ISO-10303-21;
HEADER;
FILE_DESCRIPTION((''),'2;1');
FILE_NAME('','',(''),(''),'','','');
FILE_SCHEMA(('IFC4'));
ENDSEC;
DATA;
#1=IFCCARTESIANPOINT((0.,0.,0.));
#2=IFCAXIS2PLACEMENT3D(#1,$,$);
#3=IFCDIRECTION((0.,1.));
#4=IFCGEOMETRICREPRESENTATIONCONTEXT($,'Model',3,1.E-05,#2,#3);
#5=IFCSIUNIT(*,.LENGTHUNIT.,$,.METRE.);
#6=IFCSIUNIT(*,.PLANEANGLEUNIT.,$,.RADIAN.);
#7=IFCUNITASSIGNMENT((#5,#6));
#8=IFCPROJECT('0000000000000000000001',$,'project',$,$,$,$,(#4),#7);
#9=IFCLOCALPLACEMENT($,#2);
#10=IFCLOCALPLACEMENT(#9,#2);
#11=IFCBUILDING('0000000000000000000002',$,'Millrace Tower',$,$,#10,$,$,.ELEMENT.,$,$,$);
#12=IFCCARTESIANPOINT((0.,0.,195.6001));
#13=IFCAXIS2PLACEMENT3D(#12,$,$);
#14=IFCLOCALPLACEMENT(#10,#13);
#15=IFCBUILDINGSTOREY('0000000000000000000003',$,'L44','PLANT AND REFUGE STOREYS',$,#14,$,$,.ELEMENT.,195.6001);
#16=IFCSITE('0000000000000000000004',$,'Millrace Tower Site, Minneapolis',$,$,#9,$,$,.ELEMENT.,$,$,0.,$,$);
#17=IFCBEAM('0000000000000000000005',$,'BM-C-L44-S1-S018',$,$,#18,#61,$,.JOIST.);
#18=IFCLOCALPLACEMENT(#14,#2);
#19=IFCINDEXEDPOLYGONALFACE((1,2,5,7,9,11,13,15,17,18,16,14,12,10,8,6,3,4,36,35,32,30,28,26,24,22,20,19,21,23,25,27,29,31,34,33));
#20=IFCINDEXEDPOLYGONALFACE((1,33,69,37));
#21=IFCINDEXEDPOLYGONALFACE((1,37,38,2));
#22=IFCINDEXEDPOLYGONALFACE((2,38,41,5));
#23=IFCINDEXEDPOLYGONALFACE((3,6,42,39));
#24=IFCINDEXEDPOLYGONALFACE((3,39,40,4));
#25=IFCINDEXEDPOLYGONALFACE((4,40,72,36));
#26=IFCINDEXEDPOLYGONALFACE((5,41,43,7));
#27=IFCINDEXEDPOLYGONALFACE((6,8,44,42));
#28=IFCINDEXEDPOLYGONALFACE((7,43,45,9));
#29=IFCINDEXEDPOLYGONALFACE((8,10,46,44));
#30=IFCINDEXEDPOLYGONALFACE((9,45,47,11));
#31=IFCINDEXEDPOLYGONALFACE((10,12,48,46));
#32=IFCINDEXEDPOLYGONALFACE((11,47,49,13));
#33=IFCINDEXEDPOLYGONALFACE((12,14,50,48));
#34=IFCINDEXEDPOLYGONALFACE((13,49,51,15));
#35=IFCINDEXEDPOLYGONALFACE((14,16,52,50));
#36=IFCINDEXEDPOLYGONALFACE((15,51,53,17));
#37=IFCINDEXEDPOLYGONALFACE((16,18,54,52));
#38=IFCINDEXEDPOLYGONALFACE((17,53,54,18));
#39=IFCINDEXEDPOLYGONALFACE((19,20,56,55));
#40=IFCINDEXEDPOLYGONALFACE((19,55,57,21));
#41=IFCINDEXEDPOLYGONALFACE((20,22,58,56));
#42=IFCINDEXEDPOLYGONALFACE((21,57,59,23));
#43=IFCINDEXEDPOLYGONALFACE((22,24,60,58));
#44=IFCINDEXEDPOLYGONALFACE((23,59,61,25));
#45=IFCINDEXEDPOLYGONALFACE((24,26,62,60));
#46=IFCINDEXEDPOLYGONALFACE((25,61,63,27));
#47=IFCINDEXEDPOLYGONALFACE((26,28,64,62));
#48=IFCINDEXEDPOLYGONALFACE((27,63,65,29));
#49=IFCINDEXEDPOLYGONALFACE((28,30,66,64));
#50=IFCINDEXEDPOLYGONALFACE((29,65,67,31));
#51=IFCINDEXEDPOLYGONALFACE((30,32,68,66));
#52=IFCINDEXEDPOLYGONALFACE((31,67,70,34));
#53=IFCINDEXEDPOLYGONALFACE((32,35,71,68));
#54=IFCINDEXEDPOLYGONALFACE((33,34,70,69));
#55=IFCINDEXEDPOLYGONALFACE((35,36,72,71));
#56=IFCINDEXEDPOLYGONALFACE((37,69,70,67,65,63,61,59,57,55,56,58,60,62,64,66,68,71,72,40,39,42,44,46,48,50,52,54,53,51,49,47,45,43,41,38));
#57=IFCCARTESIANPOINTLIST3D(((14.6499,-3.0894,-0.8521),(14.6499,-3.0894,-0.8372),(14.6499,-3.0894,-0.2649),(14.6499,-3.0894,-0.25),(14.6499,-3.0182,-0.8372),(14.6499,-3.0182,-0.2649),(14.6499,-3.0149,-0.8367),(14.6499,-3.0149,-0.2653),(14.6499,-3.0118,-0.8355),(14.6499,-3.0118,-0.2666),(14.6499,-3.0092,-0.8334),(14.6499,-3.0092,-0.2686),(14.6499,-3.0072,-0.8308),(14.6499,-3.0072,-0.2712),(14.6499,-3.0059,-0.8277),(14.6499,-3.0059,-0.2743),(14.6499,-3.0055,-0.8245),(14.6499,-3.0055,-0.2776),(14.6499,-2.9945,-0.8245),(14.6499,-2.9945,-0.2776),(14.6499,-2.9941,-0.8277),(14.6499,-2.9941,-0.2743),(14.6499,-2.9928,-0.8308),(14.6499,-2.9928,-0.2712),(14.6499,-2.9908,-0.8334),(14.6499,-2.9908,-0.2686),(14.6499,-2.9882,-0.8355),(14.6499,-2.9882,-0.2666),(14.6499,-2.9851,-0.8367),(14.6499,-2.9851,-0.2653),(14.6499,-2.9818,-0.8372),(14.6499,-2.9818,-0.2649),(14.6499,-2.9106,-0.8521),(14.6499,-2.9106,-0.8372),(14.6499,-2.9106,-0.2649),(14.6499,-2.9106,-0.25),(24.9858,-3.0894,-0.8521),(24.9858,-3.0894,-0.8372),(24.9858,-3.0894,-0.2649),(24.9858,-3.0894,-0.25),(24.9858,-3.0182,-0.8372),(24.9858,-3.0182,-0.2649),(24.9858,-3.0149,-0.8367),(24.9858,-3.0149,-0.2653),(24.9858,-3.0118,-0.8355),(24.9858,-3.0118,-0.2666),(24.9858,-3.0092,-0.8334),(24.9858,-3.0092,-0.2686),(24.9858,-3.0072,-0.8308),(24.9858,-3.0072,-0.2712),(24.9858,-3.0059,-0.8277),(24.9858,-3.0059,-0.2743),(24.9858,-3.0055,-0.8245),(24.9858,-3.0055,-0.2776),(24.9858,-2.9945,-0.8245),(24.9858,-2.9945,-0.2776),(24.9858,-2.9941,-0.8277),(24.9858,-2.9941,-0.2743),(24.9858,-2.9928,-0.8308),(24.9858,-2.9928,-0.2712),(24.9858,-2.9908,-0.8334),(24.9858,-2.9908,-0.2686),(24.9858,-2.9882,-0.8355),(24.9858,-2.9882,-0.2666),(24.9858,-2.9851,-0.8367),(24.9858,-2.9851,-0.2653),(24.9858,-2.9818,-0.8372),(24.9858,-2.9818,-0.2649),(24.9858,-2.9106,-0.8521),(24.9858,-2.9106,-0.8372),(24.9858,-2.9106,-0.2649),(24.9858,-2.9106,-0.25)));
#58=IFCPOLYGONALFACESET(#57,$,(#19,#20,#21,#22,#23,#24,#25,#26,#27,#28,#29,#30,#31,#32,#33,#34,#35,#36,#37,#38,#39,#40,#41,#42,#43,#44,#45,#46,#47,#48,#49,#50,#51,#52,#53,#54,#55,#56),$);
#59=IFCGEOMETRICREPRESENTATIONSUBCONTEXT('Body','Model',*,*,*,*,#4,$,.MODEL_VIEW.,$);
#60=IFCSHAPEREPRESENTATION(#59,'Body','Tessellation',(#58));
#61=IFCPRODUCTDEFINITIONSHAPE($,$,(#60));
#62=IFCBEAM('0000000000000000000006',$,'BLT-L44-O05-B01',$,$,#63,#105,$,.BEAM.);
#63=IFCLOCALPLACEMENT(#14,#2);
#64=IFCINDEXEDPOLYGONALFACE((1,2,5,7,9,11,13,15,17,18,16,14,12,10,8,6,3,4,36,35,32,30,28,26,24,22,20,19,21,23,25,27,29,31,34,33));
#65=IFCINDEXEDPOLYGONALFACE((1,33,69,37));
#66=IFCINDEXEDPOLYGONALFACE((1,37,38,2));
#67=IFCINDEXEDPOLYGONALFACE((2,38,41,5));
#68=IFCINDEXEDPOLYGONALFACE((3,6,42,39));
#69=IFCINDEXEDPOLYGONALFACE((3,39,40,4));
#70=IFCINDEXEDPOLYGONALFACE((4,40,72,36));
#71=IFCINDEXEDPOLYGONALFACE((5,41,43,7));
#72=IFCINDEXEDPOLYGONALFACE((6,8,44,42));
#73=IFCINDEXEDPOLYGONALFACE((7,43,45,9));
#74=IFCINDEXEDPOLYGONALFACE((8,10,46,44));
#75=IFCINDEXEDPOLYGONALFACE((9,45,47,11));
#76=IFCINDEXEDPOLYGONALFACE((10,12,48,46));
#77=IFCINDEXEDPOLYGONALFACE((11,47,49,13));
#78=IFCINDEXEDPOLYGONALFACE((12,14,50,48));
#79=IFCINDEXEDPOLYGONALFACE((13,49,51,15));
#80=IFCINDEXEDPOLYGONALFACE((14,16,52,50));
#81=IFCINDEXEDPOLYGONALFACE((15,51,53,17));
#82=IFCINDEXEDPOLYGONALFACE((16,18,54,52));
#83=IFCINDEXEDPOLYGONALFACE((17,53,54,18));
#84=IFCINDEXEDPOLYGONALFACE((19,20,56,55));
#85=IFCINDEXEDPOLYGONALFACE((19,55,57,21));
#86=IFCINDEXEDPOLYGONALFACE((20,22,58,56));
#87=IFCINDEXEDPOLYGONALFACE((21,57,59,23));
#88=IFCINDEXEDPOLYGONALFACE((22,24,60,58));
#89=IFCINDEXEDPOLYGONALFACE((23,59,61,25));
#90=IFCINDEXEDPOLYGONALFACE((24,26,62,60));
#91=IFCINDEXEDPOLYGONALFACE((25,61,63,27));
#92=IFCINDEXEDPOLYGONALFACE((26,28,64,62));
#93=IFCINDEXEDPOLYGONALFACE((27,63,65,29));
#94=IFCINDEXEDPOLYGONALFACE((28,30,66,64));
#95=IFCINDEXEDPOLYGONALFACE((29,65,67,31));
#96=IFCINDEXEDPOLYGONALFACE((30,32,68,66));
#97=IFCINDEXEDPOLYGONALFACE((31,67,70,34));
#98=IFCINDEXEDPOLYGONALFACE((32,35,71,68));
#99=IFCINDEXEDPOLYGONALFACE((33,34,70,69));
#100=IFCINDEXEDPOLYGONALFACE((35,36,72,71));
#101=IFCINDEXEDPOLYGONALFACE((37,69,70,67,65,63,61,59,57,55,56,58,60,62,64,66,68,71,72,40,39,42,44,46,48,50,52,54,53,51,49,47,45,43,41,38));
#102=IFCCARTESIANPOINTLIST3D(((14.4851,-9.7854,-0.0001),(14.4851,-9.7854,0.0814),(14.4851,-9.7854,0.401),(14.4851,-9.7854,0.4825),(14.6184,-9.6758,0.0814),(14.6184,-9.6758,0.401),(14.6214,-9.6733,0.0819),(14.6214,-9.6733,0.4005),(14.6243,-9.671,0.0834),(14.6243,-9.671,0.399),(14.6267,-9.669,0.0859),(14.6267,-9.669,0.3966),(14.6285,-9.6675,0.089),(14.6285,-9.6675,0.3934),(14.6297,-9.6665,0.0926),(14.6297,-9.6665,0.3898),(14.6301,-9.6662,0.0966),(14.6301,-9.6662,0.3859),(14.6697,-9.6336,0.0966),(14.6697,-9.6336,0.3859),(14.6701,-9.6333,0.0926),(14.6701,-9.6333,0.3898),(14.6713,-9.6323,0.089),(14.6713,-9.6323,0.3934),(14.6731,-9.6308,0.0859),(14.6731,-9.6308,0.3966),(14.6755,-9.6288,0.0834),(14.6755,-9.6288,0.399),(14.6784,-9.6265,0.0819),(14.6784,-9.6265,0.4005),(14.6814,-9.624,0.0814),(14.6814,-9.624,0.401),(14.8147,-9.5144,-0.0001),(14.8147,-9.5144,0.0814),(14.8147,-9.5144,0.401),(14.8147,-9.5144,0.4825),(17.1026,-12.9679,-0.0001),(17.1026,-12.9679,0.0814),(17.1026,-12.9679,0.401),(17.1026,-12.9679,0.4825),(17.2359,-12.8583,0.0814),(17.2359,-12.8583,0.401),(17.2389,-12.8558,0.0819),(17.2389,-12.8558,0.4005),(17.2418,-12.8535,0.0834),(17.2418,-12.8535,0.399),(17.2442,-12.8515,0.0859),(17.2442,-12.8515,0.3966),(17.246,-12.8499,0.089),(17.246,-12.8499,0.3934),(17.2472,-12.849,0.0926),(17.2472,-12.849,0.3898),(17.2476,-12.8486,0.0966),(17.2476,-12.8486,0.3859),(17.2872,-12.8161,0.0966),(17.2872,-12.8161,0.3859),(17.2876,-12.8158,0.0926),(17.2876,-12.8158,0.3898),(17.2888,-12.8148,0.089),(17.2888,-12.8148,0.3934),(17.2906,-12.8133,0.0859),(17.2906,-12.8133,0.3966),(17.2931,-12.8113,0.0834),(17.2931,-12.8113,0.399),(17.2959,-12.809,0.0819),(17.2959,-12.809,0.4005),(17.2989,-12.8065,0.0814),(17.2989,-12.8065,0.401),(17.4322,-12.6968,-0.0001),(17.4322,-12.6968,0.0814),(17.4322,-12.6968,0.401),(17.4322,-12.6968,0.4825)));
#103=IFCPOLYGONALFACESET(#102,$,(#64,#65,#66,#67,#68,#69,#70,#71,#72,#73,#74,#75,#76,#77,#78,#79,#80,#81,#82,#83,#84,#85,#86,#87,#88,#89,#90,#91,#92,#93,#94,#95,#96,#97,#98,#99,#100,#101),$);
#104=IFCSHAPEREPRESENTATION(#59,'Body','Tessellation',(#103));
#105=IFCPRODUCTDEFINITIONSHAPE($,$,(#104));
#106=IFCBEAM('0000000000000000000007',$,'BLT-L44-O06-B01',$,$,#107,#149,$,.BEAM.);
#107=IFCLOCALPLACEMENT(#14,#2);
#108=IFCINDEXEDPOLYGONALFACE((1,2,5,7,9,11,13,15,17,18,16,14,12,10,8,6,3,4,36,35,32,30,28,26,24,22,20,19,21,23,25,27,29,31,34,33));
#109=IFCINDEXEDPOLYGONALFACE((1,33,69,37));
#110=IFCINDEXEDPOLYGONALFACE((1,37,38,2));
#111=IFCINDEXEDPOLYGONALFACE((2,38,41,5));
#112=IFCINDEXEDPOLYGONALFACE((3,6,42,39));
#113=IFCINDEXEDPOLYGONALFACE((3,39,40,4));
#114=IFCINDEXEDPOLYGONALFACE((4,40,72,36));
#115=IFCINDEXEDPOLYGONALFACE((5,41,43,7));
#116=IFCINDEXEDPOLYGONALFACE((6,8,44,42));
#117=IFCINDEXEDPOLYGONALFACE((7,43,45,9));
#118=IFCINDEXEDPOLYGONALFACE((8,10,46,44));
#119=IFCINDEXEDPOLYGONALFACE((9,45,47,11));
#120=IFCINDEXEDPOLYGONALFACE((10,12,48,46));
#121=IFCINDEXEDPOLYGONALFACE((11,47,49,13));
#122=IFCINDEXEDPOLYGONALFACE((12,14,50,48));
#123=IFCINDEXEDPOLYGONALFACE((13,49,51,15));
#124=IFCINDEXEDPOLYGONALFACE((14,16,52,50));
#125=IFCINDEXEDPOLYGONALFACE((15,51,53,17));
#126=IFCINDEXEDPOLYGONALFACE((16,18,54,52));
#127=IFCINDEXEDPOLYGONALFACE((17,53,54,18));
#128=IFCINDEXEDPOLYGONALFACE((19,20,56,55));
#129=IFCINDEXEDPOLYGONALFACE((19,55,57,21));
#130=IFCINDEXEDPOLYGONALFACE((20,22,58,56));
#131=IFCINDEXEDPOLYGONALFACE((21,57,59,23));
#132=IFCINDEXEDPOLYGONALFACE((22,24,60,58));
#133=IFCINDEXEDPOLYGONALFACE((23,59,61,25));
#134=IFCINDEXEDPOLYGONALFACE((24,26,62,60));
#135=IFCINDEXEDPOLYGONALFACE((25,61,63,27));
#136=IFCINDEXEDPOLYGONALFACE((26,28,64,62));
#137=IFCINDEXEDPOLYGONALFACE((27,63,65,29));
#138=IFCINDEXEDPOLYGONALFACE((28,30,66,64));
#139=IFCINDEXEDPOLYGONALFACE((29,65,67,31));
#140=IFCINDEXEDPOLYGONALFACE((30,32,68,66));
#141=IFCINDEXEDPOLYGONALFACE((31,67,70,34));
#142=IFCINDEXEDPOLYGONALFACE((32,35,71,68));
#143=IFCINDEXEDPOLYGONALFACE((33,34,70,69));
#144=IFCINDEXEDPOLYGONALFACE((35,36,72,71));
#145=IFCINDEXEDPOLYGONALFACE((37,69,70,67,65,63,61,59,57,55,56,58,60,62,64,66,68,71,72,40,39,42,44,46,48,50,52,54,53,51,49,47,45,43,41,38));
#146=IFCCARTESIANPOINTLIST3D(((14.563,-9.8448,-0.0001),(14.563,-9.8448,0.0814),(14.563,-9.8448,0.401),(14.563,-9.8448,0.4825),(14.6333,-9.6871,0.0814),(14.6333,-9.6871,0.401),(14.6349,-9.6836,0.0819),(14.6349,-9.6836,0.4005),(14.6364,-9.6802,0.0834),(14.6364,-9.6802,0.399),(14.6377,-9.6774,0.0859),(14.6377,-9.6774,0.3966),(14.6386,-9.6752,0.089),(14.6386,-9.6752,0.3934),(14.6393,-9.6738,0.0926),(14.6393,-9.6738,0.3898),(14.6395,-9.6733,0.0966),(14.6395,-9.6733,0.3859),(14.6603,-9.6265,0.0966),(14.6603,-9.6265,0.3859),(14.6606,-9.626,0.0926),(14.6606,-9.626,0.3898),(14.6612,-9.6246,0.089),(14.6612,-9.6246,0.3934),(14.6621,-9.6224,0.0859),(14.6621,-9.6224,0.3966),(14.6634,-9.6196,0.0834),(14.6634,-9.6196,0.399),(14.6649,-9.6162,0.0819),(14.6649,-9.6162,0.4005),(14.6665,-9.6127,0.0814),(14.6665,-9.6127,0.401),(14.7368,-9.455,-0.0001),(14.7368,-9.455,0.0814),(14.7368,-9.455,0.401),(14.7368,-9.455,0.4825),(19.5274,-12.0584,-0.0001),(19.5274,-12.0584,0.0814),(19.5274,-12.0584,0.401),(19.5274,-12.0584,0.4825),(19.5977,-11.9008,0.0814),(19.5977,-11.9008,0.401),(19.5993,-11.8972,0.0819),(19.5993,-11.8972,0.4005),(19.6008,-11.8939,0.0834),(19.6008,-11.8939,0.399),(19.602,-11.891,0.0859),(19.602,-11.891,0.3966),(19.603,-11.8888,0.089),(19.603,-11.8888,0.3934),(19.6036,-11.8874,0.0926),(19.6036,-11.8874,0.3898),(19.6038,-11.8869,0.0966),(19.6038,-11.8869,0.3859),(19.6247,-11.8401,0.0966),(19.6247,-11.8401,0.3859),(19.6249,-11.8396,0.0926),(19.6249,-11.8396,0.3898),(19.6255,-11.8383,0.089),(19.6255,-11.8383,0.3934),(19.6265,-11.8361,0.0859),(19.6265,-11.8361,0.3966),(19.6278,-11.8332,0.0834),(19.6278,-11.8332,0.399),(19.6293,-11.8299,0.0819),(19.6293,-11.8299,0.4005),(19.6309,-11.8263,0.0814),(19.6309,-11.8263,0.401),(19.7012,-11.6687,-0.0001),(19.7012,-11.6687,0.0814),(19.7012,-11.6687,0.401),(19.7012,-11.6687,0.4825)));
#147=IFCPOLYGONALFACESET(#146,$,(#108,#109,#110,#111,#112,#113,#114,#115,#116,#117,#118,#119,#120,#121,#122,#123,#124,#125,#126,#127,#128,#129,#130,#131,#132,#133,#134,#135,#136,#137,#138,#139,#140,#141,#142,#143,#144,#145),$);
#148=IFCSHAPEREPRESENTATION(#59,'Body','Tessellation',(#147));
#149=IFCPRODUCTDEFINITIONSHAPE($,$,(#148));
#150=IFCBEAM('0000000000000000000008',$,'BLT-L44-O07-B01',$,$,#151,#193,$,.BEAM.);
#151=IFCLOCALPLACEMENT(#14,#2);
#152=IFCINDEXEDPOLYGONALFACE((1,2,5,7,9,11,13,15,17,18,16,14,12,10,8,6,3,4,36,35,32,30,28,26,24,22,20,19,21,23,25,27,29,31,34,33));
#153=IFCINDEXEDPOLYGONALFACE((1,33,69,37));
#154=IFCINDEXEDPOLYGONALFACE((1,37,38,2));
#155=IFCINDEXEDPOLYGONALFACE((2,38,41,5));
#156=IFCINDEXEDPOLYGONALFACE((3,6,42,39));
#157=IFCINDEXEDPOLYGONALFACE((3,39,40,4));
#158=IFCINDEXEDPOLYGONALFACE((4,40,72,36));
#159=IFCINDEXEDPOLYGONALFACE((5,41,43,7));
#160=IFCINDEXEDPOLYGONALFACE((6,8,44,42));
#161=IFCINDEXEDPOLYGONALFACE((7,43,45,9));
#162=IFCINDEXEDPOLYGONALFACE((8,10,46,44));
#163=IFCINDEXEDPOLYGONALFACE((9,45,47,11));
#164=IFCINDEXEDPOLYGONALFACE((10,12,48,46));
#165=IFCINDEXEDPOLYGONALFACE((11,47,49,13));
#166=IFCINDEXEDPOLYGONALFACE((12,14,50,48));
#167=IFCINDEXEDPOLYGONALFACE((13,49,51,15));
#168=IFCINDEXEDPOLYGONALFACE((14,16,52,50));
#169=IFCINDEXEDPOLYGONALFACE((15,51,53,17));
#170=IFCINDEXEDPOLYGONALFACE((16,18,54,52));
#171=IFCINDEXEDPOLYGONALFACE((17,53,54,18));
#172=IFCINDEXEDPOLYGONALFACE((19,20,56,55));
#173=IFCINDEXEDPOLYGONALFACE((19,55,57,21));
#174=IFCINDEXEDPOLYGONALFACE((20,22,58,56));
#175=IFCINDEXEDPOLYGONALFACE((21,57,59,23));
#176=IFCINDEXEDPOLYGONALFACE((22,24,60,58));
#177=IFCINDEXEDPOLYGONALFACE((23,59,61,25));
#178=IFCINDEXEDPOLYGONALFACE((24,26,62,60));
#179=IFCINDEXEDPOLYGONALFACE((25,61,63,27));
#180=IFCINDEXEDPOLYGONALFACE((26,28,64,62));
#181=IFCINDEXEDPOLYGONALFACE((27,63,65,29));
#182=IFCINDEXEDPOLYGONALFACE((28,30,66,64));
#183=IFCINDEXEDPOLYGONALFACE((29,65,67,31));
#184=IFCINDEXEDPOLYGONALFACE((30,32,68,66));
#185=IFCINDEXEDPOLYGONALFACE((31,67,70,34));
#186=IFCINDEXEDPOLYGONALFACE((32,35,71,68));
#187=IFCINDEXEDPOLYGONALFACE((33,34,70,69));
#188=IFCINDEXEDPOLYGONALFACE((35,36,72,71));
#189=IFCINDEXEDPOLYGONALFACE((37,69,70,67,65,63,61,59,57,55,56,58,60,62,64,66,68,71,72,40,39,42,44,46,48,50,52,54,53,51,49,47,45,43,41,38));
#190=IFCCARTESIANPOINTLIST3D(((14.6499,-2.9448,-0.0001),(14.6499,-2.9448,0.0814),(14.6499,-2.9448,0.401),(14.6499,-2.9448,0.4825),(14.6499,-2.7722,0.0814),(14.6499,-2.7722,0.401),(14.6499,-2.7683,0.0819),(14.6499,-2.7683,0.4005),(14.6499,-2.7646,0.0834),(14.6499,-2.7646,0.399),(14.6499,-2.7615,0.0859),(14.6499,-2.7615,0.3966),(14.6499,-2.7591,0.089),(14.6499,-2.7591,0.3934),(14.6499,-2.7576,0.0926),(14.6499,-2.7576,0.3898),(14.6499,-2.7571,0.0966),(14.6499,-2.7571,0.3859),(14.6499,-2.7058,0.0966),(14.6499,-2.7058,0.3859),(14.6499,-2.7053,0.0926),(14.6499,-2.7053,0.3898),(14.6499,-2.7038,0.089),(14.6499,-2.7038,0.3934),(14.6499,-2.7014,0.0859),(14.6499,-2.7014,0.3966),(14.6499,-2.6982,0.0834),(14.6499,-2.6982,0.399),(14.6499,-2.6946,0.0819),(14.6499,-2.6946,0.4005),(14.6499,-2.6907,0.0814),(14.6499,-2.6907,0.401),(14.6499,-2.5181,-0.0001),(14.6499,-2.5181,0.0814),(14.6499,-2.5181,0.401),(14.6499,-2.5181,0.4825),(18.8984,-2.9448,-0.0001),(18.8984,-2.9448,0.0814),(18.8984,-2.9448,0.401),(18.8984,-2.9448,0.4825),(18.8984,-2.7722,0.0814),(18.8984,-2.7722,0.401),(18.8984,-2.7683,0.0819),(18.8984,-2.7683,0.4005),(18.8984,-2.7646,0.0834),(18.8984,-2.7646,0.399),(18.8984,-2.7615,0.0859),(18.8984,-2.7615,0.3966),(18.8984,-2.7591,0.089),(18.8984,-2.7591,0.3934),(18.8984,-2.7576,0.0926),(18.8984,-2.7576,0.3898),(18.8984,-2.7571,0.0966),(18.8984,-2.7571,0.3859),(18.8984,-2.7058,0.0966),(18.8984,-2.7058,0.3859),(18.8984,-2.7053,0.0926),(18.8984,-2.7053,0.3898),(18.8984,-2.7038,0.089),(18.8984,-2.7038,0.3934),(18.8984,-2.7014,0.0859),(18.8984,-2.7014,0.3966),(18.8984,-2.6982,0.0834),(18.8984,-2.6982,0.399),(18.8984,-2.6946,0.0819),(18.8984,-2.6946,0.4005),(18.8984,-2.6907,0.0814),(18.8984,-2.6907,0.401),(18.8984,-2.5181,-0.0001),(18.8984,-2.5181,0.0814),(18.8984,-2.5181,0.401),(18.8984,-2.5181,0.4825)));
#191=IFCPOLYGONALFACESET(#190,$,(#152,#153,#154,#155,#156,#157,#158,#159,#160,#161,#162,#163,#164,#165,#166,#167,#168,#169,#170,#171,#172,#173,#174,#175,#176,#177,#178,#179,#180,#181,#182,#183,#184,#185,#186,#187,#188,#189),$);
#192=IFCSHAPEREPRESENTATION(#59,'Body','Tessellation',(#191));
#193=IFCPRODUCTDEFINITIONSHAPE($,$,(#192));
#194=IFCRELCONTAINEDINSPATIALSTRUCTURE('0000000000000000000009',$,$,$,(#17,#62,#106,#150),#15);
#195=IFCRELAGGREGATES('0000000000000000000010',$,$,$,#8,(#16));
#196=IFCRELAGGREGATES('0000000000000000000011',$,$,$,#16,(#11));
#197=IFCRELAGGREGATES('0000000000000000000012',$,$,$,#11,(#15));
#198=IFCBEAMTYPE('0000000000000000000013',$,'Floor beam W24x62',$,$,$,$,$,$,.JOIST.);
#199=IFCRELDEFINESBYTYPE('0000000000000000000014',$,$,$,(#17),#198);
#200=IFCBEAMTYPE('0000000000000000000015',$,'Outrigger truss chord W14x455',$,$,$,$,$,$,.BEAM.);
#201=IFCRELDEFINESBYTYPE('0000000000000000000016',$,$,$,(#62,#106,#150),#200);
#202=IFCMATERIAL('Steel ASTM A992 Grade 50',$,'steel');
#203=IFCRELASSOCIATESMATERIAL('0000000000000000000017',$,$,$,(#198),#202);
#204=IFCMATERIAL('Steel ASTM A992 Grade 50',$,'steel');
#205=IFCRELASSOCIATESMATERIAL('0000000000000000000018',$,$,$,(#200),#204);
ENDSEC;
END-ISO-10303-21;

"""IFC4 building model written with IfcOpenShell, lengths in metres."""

from ifc_helpers import new_model, si_unit, direction, frame, origin, origin_2d, place, context, subcontext, project, spatial, i_section, extrude, material, material_profile, profile_set, type_object, element, save


model = new_model("IFC4")

# Units and contexts
model_context = context("Model", 3, precision=1e-05, world=origin(), true_north=direction((0.0, 1.0)))
body_context = subcontext(model_context, "Body", "Model", "MODEL_VIEW")
ifc_project = project(units=[si_unit("LENGTHUNIT", "METRE"), si_unit("PLANEANGLEUNIT", "RADIAN")], contexts=[model_context])

# Site, building, storey
site_placement = place(None, origin())
site = spatial("IfcSite", under=ifc_project, at=site_placement, Name="Millrace Tower Site, Minneapolis", CompositionType="ELEMENT", RefElevation=0.0)
building_placement = place(site_placement, origin())
building = spatial("IfcBuilding", under=site, at=building_placement, Name="Millrace Tower", CompositionType="ELEMENT")
storey_placement = place(building_placement, frame((0.0, 0.0, 195.6001)))
storey = spatial("IfcBuildingStorey", under=building, at=storey_placement, Name="L44", Description="PLANT AND REFUGE STOREYS", CompositionType="ELEMENT", Elevation=195.6001)

# Beams
ifc_material_1 = material(Name="Steel ASTM A992 Grade 50", Category="steel")
ifc_material_profile_1 = material_profile(ifc_material_1, i_section(OverallWidth=0.1787, OverallDepth=0.6021, WebThickness=0.011, FlangeThickness=0.0149, FilletRadius=0.0127, at=origin_2d()))
ifc_profile_set_1 = profile_set([ifc_material_profile_1], Name="Steel ASTM A992 Grade 50")
beam_type_1 = type_object("IfcBeamType", Name="Floor beam W24x62", PredefinedType="JOIST", material=ifc_profile_set_1)
beam_1_placement = place(storey_placement, frame((14.6499, -3.0, -0.551), z_axis=(1.0, 0.0, 0.0), x_axis=(0.0, 1.0, 0.0)))
element("IfcBeam", 1, at=beam_1_placement, inside=storey, type_object=beam_type_1, Name="BM-C-L44-S1-S018", PredefinedType="JOIST", context=body_context, shape_type="SweptSolid", body=[
    extrude(i_section(OverallWidth=0.1787, OverallDepth=0.6021, WebThickness=0.011, FlangeThickness=0.0149, FilletRadius=0.0127, at=origin_2d()), origin(), (0.0, 0.0, 1.0), 10.3359),
])
ifc_material_2 = material(Name="Steel ASTM A992 Grade 50", Category="steel")
ifc_material_profile_2 = material_profile(ifc_material_2, i_section(OverallWidth=0.4268, OverallDepth=0.4827, WebThickness=0.0513, FlangeThickness=0.0815, FilletRadius=0.0151, at=origin_2d()))
ifc_profile_set_2 = profile_set([ifc_material_profile_2], Name="Steel ASTM A992 Grade 50")
beam_type_2 = type_object("IfcBeamType", Name="Outrigger truss chord W14x455", PredefinedType="BEAM", material=ifc_profile_set_2)
beam_2_placement = place(storey_placement, frame((14.6499, -9.6499, 0.2412), z_axis=(0.635223, -0.772329, 0.0), x_axis=(0.772329, 0.635223, 0.0)))
element("IfcBeam", 2, at=beam_2_placement, inside=storey, type_object=beam_type_2, Name="BLT-L44-O05-B01", PredefinedType="BEAM", context=body_context, shape_type="SweptSolid", body=[
    extrude(i_section(OverallWidth=0.4268, OverallDepth=0.4827, WebThickness=0.0513, FlangeThickness=0.0815, FilletRadius=0.0151, at=origin_2d()), origin(), (0.0, 0.0, 1.0), 4.1206),
])
beam_3_placement = place(storey_placement, frame((14.6499, -9.6499, 0.2412), z_axis=(0.913316, -0.407251, 0.0), x_axis=(0.407251, 0.913316, 0.0)))
element("IfcBeam", 3, at=beam_3_placement, inside=storey, type_object=beam_type_2, Name="BLT-L44-O06-B01", PredefinedType="BEAM", context=body_context, shape_type="SweptSolid", body=[
    extrude(i_section(OverallWidth=0.4268, OverallDepth=0.4827, WebThickness=0.0513, FlangeThickness=0.0815, FilletRadius=0.0151, at=origin_2d()), origin(), (0.0, 0.0, 1.0), 5.4355),
])
for number, where, z_axis, x_axis, name in (
    (4, (14.6499, -2.7314, 0.2412), (1.0, 0.0, 0.0), (0.0, 1.0, 0.0), "BLT-L44-O07-B01"),
):
    element("IfcBeam", number, at=place(storey_placement, frame(where, z_axis=z_axis, x_axis=x_axis)), inside=storey, type_object=beam_type_2, Name=name, PredefinedType="BEAM", context=body_context, shape_type="SweptSolid", body=[
        extrude(i_section(OverallWidth=0.4268, OverallDepth=0.4827, WebThickness=0.0513, FlangeThickness=0.0815, FilletRadius=0.0151, at=origin_2d()), origin(), (0.0, 0.0, 1.0), 4.2485),
    ])

save(model, "model.ifc")
